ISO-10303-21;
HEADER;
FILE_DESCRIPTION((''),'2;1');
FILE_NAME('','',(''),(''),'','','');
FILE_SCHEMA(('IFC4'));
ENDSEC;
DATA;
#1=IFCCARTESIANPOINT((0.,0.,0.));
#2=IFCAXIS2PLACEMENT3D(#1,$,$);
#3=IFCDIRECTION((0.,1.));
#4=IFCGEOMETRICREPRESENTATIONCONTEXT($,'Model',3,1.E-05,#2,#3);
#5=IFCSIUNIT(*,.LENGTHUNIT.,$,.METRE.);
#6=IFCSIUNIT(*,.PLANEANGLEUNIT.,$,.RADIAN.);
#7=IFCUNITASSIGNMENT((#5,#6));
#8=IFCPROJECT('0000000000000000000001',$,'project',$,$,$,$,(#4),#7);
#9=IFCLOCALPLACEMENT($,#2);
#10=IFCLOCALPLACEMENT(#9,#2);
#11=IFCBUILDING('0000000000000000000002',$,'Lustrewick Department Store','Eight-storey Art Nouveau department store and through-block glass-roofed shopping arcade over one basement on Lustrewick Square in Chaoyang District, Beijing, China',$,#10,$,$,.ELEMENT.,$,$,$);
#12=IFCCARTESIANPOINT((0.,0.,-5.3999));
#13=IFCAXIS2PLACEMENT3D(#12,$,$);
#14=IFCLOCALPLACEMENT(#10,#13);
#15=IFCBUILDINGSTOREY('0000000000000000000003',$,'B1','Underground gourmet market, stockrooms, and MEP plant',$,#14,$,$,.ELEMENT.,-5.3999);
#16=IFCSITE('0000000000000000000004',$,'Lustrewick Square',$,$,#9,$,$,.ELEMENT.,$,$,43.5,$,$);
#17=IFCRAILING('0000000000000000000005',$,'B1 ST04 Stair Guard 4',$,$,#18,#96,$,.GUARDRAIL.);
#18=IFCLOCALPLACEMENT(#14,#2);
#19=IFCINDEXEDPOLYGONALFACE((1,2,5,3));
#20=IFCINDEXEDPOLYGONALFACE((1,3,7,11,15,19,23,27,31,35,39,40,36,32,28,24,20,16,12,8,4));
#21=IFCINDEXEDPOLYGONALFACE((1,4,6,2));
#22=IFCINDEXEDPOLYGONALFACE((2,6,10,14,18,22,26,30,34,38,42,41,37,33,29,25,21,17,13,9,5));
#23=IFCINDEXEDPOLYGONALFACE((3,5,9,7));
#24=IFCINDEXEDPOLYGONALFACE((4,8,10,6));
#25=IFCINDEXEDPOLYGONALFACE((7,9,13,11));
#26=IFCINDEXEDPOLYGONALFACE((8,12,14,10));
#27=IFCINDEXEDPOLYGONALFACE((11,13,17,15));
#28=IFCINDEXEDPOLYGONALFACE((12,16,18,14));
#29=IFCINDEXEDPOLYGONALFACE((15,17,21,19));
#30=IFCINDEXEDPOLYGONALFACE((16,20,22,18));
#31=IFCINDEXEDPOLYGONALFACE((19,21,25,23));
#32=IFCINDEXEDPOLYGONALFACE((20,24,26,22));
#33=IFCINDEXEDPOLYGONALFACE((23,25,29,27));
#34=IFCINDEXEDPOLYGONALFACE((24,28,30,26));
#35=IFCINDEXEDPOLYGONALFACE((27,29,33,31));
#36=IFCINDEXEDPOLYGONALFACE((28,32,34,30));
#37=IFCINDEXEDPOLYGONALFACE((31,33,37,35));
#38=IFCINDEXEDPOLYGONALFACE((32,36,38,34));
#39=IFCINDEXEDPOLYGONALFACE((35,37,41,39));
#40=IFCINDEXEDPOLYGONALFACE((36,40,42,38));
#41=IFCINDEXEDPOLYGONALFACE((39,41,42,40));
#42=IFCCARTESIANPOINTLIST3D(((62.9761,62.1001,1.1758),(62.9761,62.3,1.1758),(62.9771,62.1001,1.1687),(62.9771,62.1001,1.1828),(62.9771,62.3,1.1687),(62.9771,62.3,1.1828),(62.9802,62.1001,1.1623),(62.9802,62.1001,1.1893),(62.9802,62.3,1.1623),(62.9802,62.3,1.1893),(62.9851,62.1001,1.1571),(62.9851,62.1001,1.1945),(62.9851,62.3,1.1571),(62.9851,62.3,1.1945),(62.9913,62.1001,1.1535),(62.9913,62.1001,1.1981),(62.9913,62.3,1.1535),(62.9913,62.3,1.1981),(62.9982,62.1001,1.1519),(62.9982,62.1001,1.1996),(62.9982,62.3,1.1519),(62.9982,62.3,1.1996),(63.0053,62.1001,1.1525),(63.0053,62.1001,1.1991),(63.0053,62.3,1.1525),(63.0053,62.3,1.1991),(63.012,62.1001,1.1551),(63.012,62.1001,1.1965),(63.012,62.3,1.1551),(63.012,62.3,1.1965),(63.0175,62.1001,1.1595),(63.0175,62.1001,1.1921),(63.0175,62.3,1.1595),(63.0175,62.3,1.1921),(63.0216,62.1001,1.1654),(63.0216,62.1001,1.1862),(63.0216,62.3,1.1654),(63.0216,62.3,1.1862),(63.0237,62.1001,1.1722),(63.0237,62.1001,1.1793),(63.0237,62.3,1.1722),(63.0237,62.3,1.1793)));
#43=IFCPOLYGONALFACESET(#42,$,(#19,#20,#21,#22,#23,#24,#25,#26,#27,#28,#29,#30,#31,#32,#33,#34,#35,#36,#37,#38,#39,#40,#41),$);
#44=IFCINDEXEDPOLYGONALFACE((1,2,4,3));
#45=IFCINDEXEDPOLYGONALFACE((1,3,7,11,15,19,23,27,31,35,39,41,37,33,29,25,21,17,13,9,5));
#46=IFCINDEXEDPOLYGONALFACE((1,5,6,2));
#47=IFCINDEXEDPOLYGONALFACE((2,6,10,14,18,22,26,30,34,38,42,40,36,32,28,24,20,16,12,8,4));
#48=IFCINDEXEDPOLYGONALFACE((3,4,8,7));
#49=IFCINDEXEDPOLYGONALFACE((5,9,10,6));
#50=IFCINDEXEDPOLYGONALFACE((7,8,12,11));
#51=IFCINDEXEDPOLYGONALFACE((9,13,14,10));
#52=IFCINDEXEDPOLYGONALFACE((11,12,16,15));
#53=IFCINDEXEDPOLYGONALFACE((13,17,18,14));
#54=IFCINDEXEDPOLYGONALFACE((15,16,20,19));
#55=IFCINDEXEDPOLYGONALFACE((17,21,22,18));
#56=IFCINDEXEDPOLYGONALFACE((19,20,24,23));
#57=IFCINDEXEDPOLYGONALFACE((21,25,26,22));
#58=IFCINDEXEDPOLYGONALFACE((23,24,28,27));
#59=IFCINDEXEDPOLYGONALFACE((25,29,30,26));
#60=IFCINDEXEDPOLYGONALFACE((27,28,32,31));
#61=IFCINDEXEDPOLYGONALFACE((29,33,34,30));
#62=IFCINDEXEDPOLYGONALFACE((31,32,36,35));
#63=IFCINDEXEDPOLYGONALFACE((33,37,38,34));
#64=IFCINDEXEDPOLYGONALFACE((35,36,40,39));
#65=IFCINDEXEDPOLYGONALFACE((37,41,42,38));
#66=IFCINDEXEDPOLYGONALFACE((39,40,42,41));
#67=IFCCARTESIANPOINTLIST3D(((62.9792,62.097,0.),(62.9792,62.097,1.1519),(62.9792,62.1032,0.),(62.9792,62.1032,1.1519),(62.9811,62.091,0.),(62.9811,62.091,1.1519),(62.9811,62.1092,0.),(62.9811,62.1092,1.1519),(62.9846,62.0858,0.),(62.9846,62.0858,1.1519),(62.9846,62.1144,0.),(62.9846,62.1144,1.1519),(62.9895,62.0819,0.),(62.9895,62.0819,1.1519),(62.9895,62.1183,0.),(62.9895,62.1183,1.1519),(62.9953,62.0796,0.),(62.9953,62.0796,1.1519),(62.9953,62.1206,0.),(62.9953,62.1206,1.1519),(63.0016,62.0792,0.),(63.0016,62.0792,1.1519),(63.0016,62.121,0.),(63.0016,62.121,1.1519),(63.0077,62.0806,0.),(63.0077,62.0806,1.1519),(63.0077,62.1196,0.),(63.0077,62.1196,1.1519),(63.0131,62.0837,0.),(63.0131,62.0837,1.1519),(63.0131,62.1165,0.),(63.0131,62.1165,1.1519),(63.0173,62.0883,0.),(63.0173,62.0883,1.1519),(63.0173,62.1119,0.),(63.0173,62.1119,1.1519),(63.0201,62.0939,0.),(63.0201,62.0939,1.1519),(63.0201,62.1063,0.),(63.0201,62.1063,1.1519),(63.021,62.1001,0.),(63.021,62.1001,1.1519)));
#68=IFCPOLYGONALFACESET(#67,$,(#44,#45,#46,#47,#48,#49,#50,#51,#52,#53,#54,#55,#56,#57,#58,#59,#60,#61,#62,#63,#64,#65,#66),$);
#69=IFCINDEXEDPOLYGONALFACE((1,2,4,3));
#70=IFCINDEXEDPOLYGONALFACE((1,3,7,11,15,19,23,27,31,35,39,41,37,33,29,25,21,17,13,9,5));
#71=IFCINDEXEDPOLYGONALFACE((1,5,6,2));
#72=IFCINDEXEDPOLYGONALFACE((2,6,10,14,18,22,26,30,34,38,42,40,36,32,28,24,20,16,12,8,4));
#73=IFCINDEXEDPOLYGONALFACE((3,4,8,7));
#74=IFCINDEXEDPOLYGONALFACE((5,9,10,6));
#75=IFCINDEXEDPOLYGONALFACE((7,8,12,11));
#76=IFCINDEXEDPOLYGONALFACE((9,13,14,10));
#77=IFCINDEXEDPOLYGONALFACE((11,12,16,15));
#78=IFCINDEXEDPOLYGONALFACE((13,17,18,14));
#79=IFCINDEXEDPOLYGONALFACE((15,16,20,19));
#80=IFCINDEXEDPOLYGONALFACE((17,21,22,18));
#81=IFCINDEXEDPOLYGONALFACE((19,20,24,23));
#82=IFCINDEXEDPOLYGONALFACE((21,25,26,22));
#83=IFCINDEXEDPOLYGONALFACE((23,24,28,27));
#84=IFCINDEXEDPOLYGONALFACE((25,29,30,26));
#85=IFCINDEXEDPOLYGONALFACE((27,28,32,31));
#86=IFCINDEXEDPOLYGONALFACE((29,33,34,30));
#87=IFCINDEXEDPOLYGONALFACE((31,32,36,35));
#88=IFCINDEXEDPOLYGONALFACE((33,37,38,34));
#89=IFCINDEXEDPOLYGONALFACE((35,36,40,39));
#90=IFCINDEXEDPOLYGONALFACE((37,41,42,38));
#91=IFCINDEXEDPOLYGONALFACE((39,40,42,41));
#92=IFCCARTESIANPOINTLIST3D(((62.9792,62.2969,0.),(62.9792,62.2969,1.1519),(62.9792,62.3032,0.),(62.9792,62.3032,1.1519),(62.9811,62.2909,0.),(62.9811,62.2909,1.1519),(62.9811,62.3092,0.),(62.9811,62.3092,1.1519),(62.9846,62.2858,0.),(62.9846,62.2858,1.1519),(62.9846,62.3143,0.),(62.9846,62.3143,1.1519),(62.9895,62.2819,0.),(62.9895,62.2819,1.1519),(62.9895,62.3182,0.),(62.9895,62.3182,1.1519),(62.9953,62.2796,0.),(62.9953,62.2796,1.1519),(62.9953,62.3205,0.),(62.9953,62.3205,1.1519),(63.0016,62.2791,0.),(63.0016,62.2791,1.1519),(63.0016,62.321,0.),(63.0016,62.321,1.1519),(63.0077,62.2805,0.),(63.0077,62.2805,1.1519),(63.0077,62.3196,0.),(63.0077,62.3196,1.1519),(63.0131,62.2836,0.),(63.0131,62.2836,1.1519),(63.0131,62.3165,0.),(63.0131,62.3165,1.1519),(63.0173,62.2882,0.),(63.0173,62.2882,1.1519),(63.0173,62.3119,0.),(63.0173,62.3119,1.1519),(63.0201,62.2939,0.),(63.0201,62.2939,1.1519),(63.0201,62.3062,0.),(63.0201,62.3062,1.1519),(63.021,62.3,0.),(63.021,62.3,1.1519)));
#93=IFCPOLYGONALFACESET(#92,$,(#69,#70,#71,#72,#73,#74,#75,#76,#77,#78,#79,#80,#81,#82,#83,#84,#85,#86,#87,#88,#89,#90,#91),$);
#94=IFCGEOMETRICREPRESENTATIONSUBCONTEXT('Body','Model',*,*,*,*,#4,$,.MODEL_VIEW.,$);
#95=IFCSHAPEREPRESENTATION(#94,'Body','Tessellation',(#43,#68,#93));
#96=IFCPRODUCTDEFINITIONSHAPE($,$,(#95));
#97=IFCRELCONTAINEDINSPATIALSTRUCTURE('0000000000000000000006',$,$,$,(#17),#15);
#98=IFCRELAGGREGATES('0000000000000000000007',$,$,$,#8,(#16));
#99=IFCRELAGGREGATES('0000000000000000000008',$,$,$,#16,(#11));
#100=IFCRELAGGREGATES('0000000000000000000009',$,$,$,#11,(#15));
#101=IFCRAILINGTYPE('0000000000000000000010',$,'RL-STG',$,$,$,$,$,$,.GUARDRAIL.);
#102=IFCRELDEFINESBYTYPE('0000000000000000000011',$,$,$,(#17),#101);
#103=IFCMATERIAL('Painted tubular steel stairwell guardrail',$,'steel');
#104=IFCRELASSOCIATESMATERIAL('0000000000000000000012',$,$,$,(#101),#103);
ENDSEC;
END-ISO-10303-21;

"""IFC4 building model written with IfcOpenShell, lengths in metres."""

from ifc_helpers import new_model, si_unit, direction, frame, origin, origin_2d, place, context, subcontext, project, spatial, circle, extrude, material, type_object, element, save


model = new_model("IFC4")

# Units and contexts
model_context = context("Model", 3, precision=1e-05, world=origin(), true_north=direction((0.0, 1.0)))
body_context = subcontext(model_context, "Body", "Model", "MODEL_VIEW")
ifc_project = project(units=[si_unit("LENGTHUNIT", "METRE"), si_unit("PLANEANGLEUNIT", "RADIAN")], contexts=[model_context])

# Site, building, storey
site_placement = place(None, origin())
site = spatial("IfcSite", under=ifc_project, at=site_placement, Name="Lustrewick Square", CompositionType="ELEMENT", RefElevation=43.5)
building_placement = place(site_placement, origin())
building = spatial("IfcBuilding", under=site, at=building_placement, Name="Lustrewick Department Store", Description="Eight-storey Art Nouveau department store and through-block glass-roofed shopping arcade over one basement on Lustrewick Square in Chaoyang District, Beijing, China", CompositionType="ELEMENT")
storey_placement = place(building_placement, frame((0.0, 0.0, -5.3999)))
storey = spatial("IfcBuildingStorey", under=building, at=storey_placement, Name="B1", Description="Underground gourmet market, stockrooms, and MEP plant", CompositionType="ELEMENT", Elevation=-5.3999)

# Railing
ifc_material_1 = material(Name="Painted tubular steel stairwell guardrail", Category="steel")
railing_type_1 = type_object("IfcRailingType", Name="RL-STG", PredefinedType="GUARDRAIL", material=ifc_material_1)
railing_1_placement = place(storey_placement, frame((63.0, 62.1001, 0.0)))
element("IfcRailing", 1, at=railing_1_placement, inside=storey, type_object=railing_type_1, Name="B1 ST04 Stair Guard 4", PredefinedType="GUARDRAIL", context=body_context, shape_type="SweptSolid", body=[
    extrude(circle(Radius=0.0239, at=origin_2d()), frame((0.0, 0.0, 1.1758), z_axis=(0.0, 1.0, 0.0), x_axis=(-1.0, 0.0, 0.0)), (0.0, 0.0, 1.0), 0.2),
    extrude(circle(Radius=0.021, at=origin_2d()), origin(), (0.0, 0.0, 1.0), 1.1519),
    extrude(circle(Radius=0.021, at=origin_2d()), frame((0.0, 0.2, 0.0)), (0.0, 0.0, 1.0), 1.1519),
])

save(model, "model.ifc")
